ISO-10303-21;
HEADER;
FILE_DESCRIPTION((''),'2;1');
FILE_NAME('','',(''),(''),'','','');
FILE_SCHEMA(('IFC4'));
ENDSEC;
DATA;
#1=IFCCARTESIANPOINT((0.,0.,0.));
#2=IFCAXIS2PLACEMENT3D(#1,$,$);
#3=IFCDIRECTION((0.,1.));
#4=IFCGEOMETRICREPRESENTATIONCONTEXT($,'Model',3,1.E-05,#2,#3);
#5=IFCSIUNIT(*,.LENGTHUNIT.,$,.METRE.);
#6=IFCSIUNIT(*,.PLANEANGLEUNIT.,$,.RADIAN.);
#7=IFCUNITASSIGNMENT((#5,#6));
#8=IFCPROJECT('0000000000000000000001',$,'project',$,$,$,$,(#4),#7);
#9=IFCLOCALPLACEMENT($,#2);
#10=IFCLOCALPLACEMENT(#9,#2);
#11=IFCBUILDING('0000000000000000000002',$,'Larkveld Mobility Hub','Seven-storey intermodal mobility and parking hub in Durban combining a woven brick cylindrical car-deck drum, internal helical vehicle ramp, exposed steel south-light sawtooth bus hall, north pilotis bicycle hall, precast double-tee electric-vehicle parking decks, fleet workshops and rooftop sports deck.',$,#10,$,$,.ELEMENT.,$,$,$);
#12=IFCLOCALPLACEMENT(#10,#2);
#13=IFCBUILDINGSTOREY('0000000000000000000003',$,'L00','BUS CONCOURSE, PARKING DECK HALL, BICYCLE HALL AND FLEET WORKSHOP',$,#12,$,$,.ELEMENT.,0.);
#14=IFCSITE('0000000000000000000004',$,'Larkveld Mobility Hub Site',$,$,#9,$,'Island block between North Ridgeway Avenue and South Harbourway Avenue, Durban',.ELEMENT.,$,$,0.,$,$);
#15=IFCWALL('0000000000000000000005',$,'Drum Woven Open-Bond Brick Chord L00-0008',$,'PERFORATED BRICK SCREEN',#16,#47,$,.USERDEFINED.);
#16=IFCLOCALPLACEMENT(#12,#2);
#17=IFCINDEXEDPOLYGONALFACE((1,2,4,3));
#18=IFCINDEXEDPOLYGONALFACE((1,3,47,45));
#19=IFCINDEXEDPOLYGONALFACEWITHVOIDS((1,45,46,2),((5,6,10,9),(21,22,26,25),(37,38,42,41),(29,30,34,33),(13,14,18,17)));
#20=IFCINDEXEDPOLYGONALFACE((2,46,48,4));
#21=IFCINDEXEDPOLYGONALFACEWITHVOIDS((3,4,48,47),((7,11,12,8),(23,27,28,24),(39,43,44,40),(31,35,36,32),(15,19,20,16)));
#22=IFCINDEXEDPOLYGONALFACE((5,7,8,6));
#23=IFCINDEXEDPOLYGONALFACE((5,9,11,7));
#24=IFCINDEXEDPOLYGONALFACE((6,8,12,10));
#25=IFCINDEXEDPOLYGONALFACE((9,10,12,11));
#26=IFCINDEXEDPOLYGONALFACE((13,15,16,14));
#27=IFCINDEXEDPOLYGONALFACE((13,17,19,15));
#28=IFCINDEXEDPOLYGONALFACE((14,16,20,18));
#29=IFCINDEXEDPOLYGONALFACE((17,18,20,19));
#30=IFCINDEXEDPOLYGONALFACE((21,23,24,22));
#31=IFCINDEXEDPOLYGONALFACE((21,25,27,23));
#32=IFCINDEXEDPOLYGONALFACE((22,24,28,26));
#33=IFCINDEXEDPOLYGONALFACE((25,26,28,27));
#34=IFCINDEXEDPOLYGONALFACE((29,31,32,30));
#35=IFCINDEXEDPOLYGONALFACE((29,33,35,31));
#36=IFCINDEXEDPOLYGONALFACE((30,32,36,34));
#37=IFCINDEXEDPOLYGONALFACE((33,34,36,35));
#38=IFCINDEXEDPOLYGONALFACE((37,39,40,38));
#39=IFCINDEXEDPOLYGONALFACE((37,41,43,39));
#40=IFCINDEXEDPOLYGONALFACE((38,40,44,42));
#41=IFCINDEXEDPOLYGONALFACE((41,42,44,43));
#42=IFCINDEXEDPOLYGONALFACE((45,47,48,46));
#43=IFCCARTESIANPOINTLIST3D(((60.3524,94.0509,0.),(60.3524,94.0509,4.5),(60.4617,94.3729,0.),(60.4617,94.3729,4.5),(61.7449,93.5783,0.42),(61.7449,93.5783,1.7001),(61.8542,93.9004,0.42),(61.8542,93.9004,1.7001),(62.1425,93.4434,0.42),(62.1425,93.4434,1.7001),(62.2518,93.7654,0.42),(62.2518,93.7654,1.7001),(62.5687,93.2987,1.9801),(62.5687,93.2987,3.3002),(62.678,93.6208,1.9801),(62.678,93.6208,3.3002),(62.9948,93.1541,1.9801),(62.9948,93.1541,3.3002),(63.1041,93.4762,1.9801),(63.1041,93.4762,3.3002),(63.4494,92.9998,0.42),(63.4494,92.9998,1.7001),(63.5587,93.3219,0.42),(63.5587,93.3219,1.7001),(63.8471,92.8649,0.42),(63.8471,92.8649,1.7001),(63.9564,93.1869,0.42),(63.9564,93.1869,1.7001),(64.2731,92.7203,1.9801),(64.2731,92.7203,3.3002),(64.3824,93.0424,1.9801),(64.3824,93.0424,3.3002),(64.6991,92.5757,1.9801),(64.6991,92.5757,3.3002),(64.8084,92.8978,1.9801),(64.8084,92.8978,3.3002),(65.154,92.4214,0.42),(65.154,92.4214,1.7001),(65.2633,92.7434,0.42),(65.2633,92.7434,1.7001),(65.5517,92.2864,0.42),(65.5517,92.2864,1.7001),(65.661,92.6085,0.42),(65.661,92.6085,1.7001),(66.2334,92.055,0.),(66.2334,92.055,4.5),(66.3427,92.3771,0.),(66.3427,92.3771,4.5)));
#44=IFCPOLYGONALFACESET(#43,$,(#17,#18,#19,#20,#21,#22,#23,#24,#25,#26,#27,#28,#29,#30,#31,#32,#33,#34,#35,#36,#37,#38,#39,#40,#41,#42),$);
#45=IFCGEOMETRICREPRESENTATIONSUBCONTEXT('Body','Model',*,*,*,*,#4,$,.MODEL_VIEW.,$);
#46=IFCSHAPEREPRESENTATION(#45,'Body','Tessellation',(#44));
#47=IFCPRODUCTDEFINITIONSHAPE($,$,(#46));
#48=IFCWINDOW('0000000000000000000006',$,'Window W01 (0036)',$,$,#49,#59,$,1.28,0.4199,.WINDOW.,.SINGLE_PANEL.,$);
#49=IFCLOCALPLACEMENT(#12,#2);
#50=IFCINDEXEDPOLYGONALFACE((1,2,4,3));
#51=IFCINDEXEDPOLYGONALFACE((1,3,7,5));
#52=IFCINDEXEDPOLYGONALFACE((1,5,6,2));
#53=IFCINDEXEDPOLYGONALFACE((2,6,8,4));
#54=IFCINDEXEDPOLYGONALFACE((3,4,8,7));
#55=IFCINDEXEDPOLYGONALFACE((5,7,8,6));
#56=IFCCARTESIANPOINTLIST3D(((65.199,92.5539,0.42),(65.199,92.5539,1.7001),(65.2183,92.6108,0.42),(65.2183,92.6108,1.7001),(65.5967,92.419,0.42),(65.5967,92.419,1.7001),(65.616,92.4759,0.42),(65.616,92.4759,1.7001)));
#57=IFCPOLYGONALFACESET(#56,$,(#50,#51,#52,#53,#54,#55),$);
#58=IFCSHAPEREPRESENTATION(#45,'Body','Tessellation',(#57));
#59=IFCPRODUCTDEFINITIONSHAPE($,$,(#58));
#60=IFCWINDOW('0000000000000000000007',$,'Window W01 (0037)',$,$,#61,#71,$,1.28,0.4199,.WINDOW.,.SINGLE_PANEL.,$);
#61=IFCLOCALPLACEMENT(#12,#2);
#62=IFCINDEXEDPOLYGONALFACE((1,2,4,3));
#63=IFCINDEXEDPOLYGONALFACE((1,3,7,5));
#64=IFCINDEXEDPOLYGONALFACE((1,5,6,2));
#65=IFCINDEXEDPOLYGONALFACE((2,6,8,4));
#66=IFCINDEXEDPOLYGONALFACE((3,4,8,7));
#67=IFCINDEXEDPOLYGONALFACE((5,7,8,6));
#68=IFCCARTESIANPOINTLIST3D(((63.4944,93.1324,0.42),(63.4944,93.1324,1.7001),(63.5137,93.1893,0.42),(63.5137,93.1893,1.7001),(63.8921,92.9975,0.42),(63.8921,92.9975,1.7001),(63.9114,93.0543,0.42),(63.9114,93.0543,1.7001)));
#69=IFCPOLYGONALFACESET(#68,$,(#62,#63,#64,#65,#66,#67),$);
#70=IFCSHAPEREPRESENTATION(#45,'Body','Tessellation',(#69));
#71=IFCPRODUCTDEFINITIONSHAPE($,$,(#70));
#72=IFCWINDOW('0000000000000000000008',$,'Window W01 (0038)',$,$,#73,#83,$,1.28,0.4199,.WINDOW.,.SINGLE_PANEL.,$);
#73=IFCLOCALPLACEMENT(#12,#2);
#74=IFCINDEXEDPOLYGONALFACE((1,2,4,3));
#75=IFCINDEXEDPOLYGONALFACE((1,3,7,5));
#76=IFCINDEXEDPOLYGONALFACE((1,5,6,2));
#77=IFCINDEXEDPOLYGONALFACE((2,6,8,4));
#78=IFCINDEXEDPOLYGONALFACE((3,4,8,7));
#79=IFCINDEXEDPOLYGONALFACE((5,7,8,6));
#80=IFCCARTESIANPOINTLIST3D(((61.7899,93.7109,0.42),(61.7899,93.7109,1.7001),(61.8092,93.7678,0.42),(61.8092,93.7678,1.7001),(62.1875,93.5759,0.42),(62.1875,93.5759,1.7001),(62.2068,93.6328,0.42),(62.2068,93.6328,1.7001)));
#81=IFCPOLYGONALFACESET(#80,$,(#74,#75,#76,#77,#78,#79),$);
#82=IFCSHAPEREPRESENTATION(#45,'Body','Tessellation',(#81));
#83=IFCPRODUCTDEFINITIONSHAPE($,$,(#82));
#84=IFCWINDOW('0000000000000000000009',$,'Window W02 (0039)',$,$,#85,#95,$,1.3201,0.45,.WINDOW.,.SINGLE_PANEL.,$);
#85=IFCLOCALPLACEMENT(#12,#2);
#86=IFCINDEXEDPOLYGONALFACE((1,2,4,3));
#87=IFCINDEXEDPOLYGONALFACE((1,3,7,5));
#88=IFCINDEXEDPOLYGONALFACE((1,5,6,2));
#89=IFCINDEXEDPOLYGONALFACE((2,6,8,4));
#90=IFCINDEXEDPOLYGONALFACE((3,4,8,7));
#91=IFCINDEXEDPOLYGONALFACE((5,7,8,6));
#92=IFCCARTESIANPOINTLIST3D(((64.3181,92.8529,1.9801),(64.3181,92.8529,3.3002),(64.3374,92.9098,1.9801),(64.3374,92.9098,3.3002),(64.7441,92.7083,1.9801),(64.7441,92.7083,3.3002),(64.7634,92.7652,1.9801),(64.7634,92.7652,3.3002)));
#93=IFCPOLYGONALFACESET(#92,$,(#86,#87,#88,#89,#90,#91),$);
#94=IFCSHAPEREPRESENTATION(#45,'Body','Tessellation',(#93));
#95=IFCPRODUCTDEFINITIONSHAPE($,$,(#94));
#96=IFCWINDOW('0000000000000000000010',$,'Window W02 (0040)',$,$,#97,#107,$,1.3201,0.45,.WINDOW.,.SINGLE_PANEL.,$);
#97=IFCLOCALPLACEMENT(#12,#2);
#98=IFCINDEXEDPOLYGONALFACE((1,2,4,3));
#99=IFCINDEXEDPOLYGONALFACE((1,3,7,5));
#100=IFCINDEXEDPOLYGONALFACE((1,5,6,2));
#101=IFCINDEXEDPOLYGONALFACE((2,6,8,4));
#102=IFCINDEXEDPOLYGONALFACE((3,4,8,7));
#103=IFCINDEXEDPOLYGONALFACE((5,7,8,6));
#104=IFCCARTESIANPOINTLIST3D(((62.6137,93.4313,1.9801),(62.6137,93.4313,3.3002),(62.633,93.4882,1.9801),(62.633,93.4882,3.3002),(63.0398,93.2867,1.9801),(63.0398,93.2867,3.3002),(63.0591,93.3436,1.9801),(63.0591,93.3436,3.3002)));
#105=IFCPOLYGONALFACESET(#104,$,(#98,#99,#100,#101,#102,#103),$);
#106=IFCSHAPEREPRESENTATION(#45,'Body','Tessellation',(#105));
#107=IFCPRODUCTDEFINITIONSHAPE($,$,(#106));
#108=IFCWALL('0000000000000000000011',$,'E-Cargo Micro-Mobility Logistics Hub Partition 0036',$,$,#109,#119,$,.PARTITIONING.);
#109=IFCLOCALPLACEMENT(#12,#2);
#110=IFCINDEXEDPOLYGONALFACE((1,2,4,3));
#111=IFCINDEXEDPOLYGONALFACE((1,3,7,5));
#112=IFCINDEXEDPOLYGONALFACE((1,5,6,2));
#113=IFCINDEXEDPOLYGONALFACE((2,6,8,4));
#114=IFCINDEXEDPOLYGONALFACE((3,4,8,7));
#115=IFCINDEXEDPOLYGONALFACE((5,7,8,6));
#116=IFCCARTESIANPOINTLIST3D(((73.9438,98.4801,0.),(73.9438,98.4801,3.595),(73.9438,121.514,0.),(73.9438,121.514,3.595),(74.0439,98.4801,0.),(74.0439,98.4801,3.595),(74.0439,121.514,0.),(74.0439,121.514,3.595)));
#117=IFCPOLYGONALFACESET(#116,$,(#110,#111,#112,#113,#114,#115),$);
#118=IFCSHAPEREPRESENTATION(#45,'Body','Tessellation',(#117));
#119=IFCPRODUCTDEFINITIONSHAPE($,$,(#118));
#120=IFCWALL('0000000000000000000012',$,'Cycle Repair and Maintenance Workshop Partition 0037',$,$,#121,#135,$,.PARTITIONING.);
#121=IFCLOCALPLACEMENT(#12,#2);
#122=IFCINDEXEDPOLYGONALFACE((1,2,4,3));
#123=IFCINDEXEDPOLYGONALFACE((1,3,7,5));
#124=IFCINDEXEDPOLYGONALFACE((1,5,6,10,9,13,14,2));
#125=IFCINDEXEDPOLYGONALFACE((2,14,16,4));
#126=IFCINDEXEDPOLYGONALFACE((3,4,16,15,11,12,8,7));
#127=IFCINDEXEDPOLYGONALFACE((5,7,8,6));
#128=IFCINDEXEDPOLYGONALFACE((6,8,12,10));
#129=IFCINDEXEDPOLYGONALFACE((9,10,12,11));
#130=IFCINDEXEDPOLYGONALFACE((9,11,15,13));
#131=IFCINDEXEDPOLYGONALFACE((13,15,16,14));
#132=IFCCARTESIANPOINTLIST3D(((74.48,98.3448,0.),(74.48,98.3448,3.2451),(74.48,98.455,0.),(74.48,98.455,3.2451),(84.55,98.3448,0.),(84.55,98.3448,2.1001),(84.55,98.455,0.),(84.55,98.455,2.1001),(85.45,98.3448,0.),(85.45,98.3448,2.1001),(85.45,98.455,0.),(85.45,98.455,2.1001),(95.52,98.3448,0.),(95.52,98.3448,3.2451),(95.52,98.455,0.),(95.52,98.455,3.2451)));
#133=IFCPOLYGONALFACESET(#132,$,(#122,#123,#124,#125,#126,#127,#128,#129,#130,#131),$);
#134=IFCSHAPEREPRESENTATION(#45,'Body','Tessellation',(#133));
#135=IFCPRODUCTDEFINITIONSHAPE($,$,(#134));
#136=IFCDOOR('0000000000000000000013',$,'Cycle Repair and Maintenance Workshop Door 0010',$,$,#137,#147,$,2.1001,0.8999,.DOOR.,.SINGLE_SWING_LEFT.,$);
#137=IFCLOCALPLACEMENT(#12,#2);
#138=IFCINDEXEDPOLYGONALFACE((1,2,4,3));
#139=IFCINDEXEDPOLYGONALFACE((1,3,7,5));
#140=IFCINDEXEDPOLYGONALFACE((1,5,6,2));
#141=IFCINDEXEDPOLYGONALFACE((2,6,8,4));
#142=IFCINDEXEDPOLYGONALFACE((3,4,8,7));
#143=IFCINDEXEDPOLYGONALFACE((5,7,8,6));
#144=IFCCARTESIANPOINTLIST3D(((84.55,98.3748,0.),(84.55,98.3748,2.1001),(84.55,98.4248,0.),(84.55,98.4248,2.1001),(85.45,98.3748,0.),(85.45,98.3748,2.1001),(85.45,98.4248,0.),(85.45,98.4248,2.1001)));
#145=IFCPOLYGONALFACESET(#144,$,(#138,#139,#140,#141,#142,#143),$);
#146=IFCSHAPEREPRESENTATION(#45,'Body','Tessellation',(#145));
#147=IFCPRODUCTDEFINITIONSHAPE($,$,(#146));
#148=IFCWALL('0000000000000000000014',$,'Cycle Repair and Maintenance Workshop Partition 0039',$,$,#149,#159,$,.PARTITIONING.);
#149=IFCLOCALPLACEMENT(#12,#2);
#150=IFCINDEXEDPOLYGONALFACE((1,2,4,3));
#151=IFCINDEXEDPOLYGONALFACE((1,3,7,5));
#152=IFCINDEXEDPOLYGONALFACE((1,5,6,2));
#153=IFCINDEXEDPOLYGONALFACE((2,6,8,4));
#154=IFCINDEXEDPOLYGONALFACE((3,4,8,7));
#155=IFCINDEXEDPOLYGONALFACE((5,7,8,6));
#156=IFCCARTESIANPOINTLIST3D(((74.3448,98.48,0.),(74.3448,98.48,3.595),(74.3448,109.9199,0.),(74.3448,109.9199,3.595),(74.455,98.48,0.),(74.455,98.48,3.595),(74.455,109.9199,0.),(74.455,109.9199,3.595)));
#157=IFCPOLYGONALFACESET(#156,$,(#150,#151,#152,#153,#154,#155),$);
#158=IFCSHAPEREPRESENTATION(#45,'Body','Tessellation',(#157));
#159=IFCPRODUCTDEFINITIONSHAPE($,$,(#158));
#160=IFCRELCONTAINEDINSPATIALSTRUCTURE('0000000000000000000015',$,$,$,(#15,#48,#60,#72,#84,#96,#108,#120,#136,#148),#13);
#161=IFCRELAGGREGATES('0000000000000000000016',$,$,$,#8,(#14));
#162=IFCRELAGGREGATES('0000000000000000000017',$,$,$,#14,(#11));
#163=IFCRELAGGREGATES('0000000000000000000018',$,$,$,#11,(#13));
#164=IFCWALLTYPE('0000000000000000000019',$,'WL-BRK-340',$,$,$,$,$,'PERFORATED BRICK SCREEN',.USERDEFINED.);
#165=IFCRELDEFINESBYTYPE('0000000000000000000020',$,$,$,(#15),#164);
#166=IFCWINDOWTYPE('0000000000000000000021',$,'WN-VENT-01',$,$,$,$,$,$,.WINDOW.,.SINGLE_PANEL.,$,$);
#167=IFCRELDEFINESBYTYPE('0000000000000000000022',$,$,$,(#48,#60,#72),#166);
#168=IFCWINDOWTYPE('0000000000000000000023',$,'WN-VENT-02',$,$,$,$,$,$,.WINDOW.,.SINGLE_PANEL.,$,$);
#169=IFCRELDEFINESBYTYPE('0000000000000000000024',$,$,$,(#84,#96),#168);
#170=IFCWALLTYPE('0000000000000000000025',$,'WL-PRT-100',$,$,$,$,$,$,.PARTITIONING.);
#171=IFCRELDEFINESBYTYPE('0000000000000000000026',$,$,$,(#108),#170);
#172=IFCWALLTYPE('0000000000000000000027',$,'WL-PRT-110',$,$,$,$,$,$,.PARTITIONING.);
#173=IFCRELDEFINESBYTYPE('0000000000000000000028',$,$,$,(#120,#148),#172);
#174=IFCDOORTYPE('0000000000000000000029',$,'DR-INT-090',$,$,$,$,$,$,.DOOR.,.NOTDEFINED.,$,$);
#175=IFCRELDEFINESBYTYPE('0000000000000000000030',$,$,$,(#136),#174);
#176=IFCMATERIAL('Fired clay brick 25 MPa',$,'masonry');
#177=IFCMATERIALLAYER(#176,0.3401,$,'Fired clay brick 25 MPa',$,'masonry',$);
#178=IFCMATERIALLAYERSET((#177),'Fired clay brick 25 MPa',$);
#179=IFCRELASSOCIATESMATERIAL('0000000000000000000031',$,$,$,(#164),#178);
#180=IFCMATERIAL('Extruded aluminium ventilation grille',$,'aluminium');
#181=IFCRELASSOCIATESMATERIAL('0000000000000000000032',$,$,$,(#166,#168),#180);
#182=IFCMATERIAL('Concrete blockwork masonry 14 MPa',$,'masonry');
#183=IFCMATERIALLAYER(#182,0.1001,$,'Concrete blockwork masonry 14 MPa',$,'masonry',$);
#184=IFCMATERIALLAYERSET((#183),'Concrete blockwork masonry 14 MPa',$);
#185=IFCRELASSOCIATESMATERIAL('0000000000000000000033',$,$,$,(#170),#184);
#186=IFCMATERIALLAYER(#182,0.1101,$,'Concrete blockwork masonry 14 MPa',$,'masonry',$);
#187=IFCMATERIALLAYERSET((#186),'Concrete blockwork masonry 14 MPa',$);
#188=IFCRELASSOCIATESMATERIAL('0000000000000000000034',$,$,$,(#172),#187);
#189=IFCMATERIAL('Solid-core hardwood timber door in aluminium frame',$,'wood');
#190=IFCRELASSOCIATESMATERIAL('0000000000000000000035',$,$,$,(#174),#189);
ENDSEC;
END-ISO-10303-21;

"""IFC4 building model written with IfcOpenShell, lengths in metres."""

from ifc_helpers import new_model, si_unit, direction, frame, frame_2d, origin, place, context, subcontext, project, spatial, rectangle, extrude, material, layer, layer_set, type_object, element, fill, save


model = new_model("IFC4")

# Units and contexts
model_context = context("Model", 3, precision=1e-05, world=origin(), true_north=direction((0.0, 1.0)))
body_context = subcontext(model_context, "Body", "Model", "MODEL_VIEW")
ifc_project = project(units=[si_unit("LENGTHUNIT", "METRE"), si_unit("PLANEANGLEUNIT", "RADIAN")], contexts=[model_context])

# Site, building, storey
site_placement = place(None, origin())
site = spatial("IfcSite", under=ifc_project, at=site_placement, Name="Larkveld Mobility Hub Site", LongName="Island block between North Ridgeway Avenue and South Harbourway Avenue, Durban", CompositionType="ELEMENT", RefElevation=0.0)
building_placement = place(site_placement, origin())
building = spatial("IfcBuilding", under=site, at=building_placement, Name="Larkveld Mobility Hub", Description="Seven-storey intermodal mobility and parking hub in Durban combining a woven brick cylindrical car-deck drum, internal helical vehicle ramp, exposed steel south-light sawtooth bus hall, north pilotis bicycle hall, precast double-tee electric-vehicle parking decks, fleet workshops and rooftop sports deck.", CompositionType="ELEMENT")
storey_placement = place(building_placement, origin())
storey = spatial("IfcBuildingStorey", under=building, at=storey_placement, Name="L00", Description="BUS CONCOURSE, PARKING DECK HALL, BICYCLE HALL AND FLEET WORKSHOP", CompositionType="ELEMENT", Elevation=0.0)

# Wall, openings, windows
ifc_material_1 = material(Name="Fired clay brick 25 MPa", Category="masonry")
ifc_layer_1 = layer(ifc_material_1, 0.3401, Name="Fired clay brick 25 MPa", Category="masonry")
ifc_layer_set_1 = layer_set([ifc_layer_1], Name="Fired clay brick 25 MPa")
wall_type_1 = type_object("IfcWallType", Name="WL-BRK-340", ElementType="PERFORATED BRICK SCREEN", PredefinedType="USERDEFINED", material=ifc_layer_set_1)
wall_1_placement = place(storey_placement, frame((66.2881, 92.2161, 0.0), z_axis=(0.0, 0.0, 1.0), x_axis=(-0.946955, 0.321365, 0.0)))
wall_1 = element("IfcWall", 1, at=wall_1_placement, inside=storey, type_object=wall_type_1, Name="Drum Woven Open-Bond Brick Chord L00-0008", ObjectType="PERFORATED BRICK SCREEN", PredefinedType="USERDEFINED", context=body_context, shape_type="SweptSolid", body=[
    extrude(rectangle(XDim=6.2104, YDim=0.3401, at=frame_2d((3.1052, 0.0))), origin(), (0.0, 0.0, 1.0), 4.5),
])
opening_1_placement = place(wall_1_placement, frame((0.72, 0.0, 0.4199)))
opening_1 = element("IfcOpeningElement", 2, at=opening_1_placement, cuts=wall_1, PredefinedType="OPENING", context=body_context, shape_type="SweptSolid", body=[
    extrude(rectangle(XDim=0.4199, YDim=1.28, at=frame_2d((0.21, 0.6401))), frame((0.0, 0.1802, 0.0), z_axis=(0.0, -1.0, 0.0), x_axis=(1.0, 0.0, 0.0)), (0.0, 0.0, 1.0), 0.3601),
])
opening_2_placement = place(wall_1_placement, frame((2.52, 0.0, 0.4199)))
opening_2 = element("IfcOpeningElement", 3, at=opening_2_placement, cuts=wall_1, PredefinedType="OPENING", context=body_context, shape_type="SweptSolid", body=[
    extrude(rectangle(XDim=0.4199, YDim=1.28, at=frame_2d((0.21, 0.6401))), frame((0.0, 0.1802, 0.0), z_axis=(0.0, -1.0, 0.0), x_axis=(1.0, 0.0, 0.0)), (0.0, 0.0, 1.0), 0.3601),
])
opening_3_placement = place(wall_1_placement, frame((4.3201, 0.0, 0.4199)))
opening_3 = element("IfcOpeningElement", 4, at=opening_3_placement, cuts=wall_1, PredefinedType="OPENING", context=body_context, shape_type="SweptSolid", body=[
    extrude(rectangle(XDim=0.4199, YDim=1.28, at=frame_2d((0.21, 0.6401))), frame((0.0, 0.1802, 0.0), z_axis=(0.0, -1.0, 0.0), x_axis=(1.0, 0.0, 0.0)), (0.0, 0.0, 1.0), 0.3601),
])
opening_4_placement = place(wall_1_placement, frame((1.6201, 0.0, 1.98)))
opening_4 = element("IfcOpeningElement", 5, at=opening_4_placement, cuts=wall_1, PredefinedType="OPENING", context=body_context, shape_type="SweptSolid", body=[
    extrude(rectangle(XDim=0.45, YDim=1.3201, at=frame_2d((0.2251, 0.6602))), frame((0.0, 0.1802, 0.0), z_axis=(0.0, -1.0, 0.0), x_axis=(1.0, 0.0, 0.0)), (0.0, 0.0, 1.0), 0.3601),
])
opening_5_placement = place(wall_1_placement, frame((3.4199, 0.0, 1.98)))
opening_5 = element("IfcOpeningElement", 6, at=opening_5_placement, cuts=wall_1, PredefinedType="OPENING", context=body_context, shape_type="SweptSolid", body=[
    extrude(rectangle(XDim=0.45, YDim=1.3201, at=frame_2d((0.2251, 0.6602))), frame((0.0, 0.1802, 0.0), z_axis=(0.0, -1.0, 0.0), x_axis=(1.0, 0.0, 0.0)), (0.0, 0.0, 1.0), 0.3601),
])
ifc_material_2 = material(Name="Extruded aluminium ventilation grille", Category="aluminium")
window_type_1 = type_object("IfcWindowType", Name="WN-VENT-01", PartitioningType="SINGLE_PANEL", PredefinedType="WINDOW", material=ifc_material_2)
window_1_placement = place(opening_1_placement, origin())
window_1 = element("IfcWindow", 7, at=window_1_placement, inside=storey, type_object=window_type_1, Name="Window W01 (0036)", OverallHeight=1.28, OverallWidth=0.4199, PartitioningType="SINGLE_PANEL", PredefinedType="WINDOW", context=body_context, shape_type="SweptSolid", body=[
    extrude(rectangle(XDim=0.4199, YDim=1.28, at=frame_2d((0.21, 0.6401))), frame((0.0, 0.03, 0.0), z_axis=(0.0, -1.0, 0.0), x_axis=(1.0, 0.0, 0.0)), (0.0, 0.0, 1.0), 0.0601),
])
fill(opening_1, window_1)
window_2_placement = place(opening_2_placement, origin())
window_2 = element("IfcWindow", 8, at=window_2_placement, inside=storey, type_object=window_type_1, Name="Window W01 (0037)", OverallHeight=1.28, OverallWidth=0.4199, PartitioningType="SINGLE_PANEL", PredefinedType="WINDOW", context=body_context, shape_type="SweptSolid", body=[
    extrude(rectangle(XDim=0.4199, YDim=1.28, at=frame_2d((0.21, 0.6401))), frame((0.0, 0.03, 0.0), z_axis=(0.0, -1.0, 0.0), x_axis=(1.0, 0.0, 0.0)), (0.0, 0.0, 1.0), 0.0601),
])
fill(opening_2, window_2)
window_3_placement = place(opening_3_placement, origin())
window_3 = element("IfcWindow", 9, at=window_3_placement, inside=storey, type_object=window_type_1, Name="Window W01 (0038)", OverallHeight=1.28, OverallWidth=0.4199, PartitioningType="SINGLE_PANEL", PredefinedType="WINDOW", context=body_context, shape_type="SweptSolid", body=[
    extrude(rectangle(XDim=0.4199, YDim=1.28, at=frame_2d((0.21, 0.6401))), frame((0.0, 0.03, 0.0), z_axis=(0.0, -1.0, 0.0), x_axis=(1.0, 0.0, 0.0)), (0.0, 0.0, 1.0), 0.0601),
])
fill(opening_3, window_3)
window_type_2 = type_object("IfcWindowType", Name="WN-VENT-02", PartitioningType="SINGLE_PANEL", PredefinedType="WINDOW", material=ifc_material_2)
window_4_placement = place(opening_4_placement, origin())
window_4 = element("IfcWindow", 10, at=window_4_placement, inside=storey, type_object=window_type_2, Name="Window W02 (0039)", OverallHeight=1.3201, OverallWidth=0.45, PartitioningType="SINGLE_PANEL", PredefinedType="WINDOW", context=body_context, shape_type="SweptSolid", body=[
    extrude(rectangle(XDim=0.45, YDim=1.3201, at=frame_2d((0.2251, 0.6602))), frame((0.0, 0.03, 0.0), z_axis=(0.0, -1.0, 0.0), x_axis=(1.0, 0.0, 0.0)), (0.0, 0.0, 1.0), 0.0601),
])
fill(opening_4, window_4)
window_5_placement = place(opening_5_placement, origin())
window_5 = element("IfcWindow", 11, at=window_5_placement, inside=storey, type_object=window_type_2, Name="Window W02 (0040)", OverallHeight=1.3201, OverallWidth=0.45, PartitioningType="SINGLE_PANEL", PredefinedType="WINDOW", context=body_context, shape_type="SweptSolid", body=[
    extrude(rectangle(XDim=0.45, YDim=1.3201, at=frame_2d((0.2251, 0.6602))), frame((0.0, 0.03, 0.0), z_axis=(0.0, -1.0, 0.0), x_axis=(1.0, 0.0, 0.0)), (0.0, 0.0, 1.0), 0.0601),
])
fill(opening_5, window_5)

# Wall
ifc_material_3 = material(Name="Concrete blockwork masonry 14 MPa", Category="masonry")
ifc_layer_2 = layer(ifc_material_3, 0.1001, Name="Concrete blockwork masonry 14 MPa", Category="masonry")
ifc_layer_set_2 = layer_set([ifc_layer_2], Name="Concrete blockwork masonry 14 MPa")
wall_type_2 = type_object("IfcWallType", Name="WL-PRT-100", PredefinedType="PARTITIONING", material=ifc_layer_set_2)
wall_2_placement = place(storey_placement, frame((73.9939, 98.48, 0.0), z_axis=(0.0, 0.0, 1.0), x_axis=(0.0, 1.0, 0.0)))
element("IfcWall", 12, at=wall_2_placement, inside=storey, type_object=wall_type_2, Name="E-Cargo Micro-Mobility Logistics Hub Partition 0036", PredefinedType="PARTITIONING", context=body_context, shape_type="SweptSolid", body=[
    extrude(rectangle(XDim=23.0339, YDim=0.1001, at=frame_2d((11.5171, 0.0))), origin(), (0.0, 0.0, 1.0), 3.595),
])

# Wall, opening, door
ifc_layer_3 = layer(ifc_material_3, 0.1101, Name="Concrete blockwork masonry 14 MPa", Category="masonry")
ifc_layer_set_3 = layer_set([ifc_layer_3], Name="Concrete blockwork masonry 14 MPa")
wall_type_3 = type_object("IfcWallType", Name="WL-PRT-110", PredefinedType="PARTITIONING", material=ifc_layer_set_3)
wall_3_placement = place(storey_placement, frame((74.48, 98.3999, 0.0), z_axis=(0.0, 0.0, 1.0), x_axis=(1.0, 0.0, 0.0)))
wall_3 = element("IfcWall", 13, at=wall_3_placement, inside=storey, type_object=wall_type_3, Name="Cycle Repair and Maintenance Workshop Partition 0037", PredefinedType="PARTITIONING", context=body_context, shape_type="SweptSolid", body=[
    extrude(rectangle(XDim=21.04, YDim=0.1101, at=frame_2d((10.52, 0.0))), origin(), (0.0, 0.0, 1.0), 3.2451),
])
opening_6_placement = place(wall_3_placement, frame((10.0701, 0.0, 0.0)))
opening_6 = element("IfcOpeningElement", 14, at=opening_6_placement, cuts=wall_3, PredefinedType="OPENING", context=body_context, shape_type="SweptSolid", body=[
    extrude(rectangle(XDim=0.8999, YDim=2.1001, at=frame_2d((0.45, 1.05))), frame((0.0, 0.0649, 0.0), z_axis=(0.0, -1.0, 0.0), x_axis=(1.0, 0.0, 0.0)), (0.0, 0.0, 1.0), 0.1301),
])
ifc_material_4 = material(Name="Solid-core hardwood timber door in aluminium frame", Category="wood")
door_type = type_object("IfcDoorType", Name="DR-INT-090", OperationType="NOTDEFINED", PredefinedType="DOOR", material=ifc_material_4)
door_placement = place(opening_6_placement, origin())
door = element("IfcDoor", 15, at=door_placement, inside=storey, type_object=door_type, Name="Cycle Repair and Maintenance Workshop Door 0010", OperationType="SINGLE_SWING_LEFT", OverallHeight=2.1001, OverallWidth=0.8999, PredefinedType="DOOR", context=body_context, shape_type="SweptSolid", body=[
    extrude(rectangle(XDim=0.8999, YDim=2.1001, at=frame_2d((0.45, 1.05))), frame((0.0, 0.0249, 0.0), z_axis=(0.0, -1.0, 0.0), x_axis=(1.0, 0.0, 0.0)), (0.0, 0.0, 1.0), 0.05),
])
fill(opening_6, door)

# Wall
wall_4_placement = place(storey_placement, frame((74.3999, 98.48, 0.0), z_axis=(0.0, 0.0, 1.0), x_axis=(0.0, 1.0, 0.0)))
element("IfcWall", 16, at=wall_4_placement, inside=storey, type_object=wall_type_3, Name="Cycle Repair and Maintenance Workshop Partition 0039", PredefinedType="PARTITIONING", context=body_context, shape_type="SweptSolid", body=[
    extrude(rectangle(XDim=11.4399, YDim=0.1101, at=frame_2d((5.72, 0.0))), origin(), (0.0, 0.0, 1.0), 3.595),
])

save(model, "model.ifc")
